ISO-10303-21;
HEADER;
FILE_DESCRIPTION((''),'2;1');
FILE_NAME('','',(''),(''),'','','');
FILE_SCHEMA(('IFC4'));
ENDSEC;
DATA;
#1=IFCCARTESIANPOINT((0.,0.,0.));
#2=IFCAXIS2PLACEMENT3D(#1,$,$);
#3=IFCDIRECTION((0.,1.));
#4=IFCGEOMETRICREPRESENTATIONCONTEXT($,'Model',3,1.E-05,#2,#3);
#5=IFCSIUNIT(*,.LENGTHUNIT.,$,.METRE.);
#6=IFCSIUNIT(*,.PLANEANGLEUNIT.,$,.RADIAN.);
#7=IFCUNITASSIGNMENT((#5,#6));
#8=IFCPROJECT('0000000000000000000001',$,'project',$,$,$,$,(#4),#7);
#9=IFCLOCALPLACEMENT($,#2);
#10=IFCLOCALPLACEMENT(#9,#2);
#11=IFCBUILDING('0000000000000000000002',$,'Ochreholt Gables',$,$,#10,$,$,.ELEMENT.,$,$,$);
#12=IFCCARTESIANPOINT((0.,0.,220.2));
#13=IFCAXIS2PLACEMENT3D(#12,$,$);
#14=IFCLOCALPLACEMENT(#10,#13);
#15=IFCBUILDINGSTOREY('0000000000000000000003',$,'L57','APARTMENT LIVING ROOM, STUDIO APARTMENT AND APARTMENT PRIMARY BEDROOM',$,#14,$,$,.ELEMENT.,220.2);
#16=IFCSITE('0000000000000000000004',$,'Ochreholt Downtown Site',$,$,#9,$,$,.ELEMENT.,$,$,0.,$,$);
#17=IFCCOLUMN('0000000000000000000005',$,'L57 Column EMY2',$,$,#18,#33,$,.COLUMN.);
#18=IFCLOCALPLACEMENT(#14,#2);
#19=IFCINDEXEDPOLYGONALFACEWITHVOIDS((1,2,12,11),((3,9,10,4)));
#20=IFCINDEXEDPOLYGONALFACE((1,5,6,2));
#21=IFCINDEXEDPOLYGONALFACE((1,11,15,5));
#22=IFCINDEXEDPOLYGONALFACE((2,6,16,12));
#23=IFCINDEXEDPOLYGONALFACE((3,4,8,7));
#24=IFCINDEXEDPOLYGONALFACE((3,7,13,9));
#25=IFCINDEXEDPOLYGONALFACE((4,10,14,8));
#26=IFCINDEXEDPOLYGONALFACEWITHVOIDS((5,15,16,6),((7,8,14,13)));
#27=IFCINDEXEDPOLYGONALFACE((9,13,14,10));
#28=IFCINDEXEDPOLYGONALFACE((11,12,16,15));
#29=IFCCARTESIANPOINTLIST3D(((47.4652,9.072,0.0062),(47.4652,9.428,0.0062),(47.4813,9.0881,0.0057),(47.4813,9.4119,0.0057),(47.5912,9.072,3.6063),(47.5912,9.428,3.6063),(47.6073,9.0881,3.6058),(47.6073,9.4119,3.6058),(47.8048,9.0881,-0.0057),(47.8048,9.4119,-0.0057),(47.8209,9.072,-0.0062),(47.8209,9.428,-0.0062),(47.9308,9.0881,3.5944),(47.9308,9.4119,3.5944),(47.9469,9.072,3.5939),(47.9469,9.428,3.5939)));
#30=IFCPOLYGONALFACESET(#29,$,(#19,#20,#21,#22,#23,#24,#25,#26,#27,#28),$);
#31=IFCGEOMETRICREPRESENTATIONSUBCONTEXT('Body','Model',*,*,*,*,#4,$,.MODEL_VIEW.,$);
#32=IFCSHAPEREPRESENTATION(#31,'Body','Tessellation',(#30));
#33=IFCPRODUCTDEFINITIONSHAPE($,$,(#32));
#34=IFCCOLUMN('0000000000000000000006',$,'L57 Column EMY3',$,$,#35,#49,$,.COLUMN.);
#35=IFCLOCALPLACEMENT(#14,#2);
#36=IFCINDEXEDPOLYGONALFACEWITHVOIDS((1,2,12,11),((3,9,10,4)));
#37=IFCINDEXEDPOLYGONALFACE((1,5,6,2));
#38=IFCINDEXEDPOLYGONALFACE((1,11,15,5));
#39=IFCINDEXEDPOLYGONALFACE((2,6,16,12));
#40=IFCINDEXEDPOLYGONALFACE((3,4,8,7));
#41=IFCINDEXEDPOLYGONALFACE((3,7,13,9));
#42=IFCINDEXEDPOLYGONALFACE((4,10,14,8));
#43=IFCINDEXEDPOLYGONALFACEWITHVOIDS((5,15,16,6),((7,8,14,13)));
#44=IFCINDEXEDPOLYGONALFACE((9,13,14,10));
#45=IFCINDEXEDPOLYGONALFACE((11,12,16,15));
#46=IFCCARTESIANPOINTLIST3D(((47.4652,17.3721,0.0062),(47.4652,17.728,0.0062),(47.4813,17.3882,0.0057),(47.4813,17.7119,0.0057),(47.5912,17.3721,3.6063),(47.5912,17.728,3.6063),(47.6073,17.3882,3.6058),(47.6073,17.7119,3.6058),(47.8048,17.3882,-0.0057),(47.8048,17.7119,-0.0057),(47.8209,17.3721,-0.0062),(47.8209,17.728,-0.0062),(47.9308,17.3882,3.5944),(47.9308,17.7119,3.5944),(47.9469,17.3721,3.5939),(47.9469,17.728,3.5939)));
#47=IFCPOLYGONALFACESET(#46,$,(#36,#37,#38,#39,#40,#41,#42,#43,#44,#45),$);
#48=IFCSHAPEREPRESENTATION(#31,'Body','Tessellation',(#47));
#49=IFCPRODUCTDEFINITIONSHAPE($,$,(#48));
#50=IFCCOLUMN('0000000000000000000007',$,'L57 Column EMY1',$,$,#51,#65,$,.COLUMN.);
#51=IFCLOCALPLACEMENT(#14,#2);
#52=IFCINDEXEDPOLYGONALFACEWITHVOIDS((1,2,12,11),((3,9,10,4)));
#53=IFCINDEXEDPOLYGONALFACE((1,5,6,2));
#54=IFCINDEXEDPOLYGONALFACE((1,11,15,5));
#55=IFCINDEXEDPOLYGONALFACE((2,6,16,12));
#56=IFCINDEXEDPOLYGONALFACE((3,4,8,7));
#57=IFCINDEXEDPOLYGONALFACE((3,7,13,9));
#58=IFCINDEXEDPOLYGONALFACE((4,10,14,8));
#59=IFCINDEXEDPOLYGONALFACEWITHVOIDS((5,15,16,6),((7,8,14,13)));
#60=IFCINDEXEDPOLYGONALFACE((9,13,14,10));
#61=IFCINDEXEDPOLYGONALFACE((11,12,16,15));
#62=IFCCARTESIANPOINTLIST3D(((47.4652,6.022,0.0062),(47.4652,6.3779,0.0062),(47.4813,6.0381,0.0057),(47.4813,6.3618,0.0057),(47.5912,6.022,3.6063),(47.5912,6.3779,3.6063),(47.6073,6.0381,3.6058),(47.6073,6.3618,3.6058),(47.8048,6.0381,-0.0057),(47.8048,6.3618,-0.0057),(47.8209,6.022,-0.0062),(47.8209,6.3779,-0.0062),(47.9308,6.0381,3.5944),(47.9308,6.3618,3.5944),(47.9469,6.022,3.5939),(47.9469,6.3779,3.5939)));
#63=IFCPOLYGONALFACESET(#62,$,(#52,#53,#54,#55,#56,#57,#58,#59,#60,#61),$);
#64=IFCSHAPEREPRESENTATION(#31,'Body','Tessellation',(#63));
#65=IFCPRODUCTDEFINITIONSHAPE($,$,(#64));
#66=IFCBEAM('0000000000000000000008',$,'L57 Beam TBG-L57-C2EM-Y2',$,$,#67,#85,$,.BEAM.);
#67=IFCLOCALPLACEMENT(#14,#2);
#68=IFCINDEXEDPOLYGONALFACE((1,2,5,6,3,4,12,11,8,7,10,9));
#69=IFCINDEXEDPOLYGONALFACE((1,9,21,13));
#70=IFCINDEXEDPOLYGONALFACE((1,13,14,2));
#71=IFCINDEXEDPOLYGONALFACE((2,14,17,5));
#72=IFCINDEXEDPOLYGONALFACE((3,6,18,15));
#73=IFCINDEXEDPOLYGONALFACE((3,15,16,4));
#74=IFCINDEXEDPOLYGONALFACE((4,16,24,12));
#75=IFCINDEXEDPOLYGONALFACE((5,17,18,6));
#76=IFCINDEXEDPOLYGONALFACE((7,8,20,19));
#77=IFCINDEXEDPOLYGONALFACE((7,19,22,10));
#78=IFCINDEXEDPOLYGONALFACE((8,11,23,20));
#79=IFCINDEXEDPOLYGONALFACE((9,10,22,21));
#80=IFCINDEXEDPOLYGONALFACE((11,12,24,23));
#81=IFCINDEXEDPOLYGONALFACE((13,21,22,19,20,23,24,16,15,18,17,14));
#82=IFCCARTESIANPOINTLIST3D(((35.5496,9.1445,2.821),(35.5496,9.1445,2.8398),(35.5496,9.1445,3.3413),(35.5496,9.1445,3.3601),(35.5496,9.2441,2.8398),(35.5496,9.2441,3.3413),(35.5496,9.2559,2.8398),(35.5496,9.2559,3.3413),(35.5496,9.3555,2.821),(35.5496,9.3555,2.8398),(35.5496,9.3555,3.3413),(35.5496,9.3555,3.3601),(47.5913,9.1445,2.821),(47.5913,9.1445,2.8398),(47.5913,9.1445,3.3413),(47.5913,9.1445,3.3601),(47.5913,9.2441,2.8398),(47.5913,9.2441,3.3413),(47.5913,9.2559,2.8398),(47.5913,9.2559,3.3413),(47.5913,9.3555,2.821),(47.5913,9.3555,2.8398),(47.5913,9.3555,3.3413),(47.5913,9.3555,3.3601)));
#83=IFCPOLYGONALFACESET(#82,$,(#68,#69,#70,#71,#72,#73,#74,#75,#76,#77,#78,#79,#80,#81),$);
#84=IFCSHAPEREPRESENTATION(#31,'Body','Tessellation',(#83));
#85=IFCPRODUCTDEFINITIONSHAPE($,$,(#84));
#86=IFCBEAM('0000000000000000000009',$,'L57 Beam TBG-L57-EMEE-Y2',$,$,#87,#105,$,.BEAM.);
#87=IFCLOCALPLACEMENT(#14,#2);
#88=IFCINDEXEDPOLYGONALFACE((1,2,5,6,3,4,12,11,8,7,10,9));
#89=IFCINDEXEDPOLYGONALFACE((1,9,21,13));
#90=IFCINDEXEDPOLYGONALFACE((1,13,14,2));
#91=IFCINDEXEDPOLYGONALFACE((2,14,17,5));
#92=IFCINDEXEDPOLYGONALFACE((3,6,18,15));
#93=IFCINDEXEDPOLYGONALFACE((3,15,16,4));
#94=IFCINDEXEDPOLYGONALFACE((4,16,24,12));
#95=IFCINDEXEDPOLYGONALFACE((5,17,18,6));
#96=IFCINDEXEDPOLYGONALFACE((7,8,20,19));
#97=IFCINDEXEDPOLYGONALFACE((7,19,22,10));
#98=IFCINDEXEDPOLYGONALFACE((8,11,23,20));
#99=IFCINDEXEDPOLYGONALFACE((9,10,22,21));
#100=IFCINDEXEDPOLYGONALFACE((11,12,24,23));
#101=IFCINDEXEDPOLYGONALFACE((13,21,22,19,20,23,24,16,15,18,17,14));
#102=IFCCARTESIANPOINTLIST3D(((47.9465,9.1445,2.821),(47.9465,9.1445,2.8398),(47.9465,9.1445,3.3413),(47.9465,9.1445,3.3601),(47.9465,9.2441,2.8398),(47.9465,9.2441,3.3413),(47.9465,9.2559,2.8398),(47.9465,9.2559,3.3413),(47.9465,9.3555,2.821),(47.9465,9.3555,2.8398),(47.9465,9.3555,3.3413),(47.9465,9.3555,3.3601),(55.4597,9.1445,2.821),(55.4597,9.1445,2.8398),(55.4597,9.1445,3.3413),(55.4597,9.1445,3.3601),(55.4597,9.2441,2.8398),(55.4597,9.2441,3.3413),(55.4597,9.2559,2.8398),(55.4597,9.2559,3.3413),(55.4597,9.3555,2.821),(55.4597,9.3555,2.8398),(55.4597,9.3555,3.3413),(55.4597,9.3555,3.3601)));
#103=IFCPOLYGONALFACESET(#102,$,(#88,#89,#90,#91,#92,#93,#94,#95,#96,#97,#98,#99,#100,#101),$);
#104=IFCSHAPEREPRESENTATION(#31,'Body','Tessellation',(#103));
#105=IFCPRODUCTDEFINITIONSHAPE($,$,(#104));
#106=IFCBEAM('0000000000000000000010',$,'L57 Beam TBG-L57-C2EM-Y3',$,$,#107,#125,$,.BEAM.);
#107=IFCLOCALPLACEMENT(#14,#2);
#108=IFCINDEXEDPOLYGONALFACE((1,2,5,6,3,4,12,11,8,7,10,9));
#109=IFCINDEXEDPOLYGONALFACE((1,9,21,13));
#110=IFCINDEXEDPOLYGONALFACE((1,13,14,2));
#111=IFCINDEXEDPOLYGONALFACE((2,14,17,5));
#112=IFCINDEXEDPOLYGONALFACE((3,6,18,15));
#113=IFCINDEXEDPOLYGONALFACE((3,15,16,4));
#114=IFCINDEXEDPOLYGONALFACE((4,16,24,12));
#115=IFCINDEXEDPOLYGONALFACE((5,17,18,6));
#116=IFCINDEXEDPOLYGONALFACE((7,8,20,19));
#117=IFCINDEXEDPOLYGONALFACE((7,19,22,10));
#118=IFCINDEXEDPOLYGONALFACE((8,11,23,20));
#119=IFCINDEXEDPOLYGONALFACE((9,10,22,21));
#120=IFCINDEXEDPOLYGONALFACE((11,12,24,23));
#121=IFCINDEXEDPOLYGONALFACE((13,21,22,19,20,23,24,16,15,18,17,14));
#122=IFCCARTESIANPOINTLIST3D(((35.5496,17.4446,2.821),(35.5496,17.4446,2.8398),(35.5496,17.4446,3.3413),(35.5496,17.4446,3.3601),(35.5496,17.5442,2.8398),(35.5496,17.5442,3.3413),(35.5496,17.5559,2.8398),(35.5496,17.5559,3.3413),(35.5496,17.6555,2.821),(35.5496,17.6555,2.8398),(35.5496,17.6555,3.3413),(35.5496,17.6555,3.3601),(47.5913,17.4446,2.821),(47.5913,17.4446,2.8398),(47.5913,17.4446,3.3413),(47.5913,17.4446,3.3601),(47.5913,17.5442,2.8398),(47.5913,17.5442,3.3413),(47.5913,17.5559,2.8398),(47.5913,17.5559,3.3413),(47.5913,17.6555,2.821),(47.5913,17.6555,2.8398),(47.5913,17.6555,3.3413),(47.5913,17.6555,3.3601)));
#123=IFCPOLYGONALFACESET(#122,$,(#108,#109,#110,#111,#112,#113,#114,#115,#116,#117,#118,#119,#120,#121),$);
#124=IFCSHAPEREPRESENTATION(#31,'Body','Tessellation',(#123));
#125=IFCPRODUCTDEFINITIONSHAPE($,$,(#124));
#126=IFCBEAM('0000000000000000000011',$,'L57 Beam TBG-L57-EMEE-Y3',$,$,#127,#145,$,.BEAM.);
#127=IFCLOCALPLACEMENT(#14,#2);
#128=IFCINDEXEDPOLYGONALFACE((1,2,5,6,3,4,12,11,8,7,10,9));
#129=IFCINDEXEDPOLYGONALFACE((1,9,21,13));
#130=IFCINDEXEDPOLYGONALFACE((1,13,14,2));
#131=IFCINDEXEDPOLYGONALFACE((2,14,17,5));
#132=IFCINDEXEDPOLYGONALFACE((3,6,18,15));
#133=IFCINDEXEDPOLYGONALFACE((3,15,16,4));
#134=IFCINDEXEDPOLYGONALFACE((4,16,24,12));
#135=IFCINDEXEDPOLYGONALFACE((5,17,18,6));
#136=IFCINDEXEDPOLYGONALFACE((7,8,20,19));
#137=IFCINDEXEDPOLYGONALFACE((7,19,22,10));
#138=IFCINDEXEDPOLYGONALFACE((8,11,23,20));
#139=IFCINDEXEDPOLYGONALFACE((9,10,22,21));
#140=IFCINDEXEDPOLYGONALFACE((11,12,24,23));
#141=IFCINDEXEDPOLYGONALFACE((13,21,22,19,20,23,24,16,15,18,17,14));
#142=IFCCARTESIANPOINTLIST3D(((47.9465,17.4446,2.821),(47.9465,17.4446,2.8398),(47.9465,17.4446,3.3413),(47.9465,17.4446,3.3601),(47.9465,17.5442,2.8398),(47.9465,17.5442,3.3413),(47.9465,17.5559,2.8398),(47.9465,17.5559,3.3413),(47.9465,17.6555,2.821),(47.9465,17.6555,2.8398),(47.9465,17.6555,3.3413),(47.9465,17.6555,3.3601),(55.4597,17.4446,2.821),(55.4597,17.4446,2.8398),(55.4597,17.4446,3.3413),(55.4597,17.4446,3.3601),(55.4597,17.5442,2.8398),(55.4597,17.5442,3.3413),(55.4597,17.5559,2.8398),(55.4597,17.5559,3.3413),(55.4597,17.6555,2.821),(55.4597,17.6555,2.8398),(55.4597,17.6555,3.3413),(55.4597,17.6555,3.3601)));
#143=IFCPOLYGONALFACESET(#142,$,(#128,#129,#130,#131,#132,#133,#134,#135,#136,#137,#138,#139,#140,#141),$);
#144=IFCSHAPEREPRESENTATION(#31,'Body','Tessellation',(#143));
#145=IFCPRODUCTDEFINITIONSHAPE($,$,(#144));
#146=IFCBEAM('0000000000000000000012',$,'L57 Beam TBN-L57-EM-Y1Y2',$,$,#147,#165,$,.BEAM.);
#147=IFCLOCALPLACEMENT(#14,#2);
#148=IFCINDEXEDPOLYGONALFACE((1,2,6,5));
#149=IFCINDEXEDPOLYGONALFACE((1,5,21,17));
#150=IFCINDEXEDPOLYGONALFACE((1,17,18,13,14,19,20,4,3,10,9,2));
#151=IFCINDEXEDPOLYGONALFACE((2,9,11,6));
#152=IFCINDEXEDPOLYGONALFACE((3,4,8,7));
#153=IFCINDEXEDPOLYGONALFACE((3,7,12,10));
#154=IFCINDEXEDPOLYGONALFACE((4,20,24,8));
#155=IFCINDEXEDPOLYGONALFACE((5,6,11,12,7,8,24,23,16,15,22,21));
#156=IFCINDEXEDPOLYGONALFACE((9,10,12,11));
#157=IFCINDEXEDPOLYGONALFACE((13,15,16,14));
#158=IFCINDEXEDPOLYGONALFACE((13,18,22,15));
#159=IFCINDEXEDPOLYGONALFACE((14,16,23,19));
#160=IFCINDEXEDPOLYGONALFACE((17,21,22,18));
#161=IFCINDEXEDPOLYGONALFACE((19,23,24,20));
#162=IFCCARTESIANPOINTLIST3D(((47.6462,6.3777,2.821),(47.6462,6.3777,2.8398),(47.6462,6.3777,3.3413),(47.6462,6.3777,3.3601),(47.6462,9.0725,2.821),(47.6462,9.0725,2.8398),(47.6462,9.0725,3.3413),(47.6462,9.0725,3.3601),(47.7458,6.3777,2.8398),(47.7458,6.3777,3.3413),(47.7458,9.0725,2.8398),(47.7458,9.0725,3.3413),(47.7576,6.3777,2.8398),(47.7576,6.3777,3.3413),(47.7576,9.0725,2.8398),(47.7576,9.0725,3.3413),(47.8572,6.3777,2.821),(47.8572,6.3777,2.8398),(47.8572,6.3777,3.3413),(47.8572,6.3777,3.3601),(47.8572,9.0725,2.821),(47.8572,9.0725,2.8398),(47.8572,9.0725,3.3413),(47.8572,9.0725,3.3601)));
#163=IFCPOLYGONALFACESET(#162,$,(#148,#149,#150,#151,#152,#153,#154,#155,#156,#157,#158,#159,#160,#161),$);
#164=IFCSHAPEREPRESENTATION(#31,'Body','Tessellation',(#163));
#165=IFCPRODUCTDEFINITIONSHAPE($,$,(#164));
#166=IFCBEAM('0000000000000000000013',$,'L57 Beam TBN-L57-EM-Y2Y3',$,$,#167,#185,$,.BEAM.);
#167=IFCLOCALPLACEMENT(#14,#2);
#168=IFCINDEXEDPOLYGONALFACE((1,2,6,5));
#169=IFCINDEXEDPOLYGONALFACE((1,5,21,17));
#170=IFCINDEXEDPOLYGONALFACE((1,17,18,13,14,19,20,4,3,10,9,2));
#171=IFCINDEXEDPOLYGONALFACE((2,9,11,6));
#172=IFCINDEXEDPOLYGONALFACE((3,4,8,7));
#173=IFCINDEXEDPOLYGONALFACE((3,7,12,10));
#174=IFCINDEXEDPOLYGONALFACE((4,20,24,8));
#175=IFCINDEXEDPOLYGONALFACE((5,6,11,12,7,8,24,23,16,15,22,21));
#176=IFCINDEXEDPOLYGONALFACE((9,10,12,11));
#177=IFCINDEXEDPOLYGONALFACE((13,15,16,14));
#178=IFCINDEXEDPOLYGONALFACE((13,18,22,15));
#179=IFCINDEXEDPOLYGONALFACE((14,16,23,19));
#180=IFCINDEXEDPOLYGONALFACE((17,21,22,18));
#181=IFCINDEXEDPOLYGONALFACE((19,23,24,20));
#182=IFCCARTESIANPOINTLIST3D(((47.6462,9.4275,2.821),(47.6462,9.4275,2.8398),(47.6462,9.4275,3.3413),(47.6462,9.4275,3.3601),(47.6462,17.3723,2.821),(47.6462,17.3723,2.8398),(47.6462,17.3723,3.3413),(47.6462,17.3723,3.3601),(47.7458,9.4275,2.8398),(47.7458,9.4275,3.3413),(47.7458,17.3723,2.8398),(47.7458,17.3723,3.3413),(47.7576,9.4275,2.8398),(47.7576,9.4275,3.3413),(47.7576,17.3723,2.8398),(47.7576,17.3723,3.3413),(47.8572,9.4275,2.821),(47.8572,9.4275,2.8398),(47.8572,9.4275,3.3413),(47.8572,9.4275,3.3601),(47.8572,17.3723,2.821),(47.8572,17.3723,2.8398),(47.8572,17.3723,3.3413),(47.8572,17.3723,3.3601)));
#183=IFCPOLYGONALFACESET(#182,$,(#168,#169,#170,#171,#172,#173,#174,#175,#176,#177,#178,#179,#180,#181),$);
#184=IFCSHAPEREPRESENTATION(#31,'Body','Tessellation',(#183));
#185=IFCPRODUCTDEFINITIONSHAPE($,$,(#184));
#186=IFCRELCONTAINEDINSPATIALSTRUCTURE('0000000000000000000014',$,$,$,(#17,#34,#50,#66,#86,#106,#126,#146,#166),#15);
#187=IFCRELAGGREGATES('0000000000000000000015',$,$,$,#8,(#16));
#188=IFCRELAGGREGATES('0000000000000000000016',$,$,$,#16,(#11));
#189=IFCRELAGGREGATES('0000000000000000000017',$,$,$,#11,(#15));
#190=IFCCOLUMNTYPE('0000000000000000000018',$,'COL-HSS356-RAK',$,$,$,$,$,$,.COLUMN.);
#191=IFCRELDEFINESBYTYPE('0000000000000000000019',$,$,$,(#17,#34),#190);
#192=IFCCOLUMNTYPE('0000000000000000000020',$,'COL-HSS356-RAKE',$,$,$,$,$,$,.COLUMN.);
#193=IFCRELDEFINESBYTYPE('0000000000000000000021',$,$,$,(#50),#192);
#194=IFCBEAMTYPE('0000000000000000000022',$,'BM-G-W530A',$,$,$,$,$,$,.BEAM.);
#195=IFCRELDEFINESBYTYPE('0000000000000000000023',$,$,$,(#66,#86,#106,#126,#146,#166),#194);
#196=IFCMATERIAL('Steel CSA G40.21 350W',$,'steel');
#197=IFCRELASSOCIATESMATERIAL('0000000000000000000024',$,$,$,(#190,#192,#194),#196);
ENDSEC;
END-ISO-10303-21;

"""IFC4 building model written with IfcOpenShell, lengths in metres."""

from ifc_helpers import new_model, si_unit, direction, frame, origin, origin_2d, place, context, subcontext, project, spatial, hollow_rectangle, i_section, extrude, material, material_profile, profile_set, type_object, element, save


model = new_model("IFC4")

# Units and contexts
model_context = context("Model", 3, precision=1e-05, world=origin(), true_north=direction((0.0, 1.0)))
body_context = subcontext(model_context, "Body", "Model", "MODEL_VIEW")
ifc_project = project(units=[si_unit("LENGTHUNIT", "METRE"), si_unit("PLANEANGLEUNIT", "RADIAN")], contexts=[model_context])

# Site, building, storey
site_placement = place(None, origin())
site = spatial("IfcSite", under=ifc_project, at=site_placement, Name="Ochreholt Downtown Site", CompositionType="ELEMENT", RefElevation=0.0)
building_placement = place(site_placement, origin())
building = spatial("IfcBuilding", under=site, at=building_placement, Name="Ochreholt Gables", CompositionType="ELEMENT")
storey_placement = place(building_placement, frame((0.0, 0.0, 220.2)))
storey = spatial("IfcBuildingStorey", under=building, at=storey_placement, Name="L57", Description="APARTMENT LIVING ROOM, STUDIO APARTMENT AND APARTMENT PRIMARY BEDROOM", CompositionType="ELEMENT", Elevation=220.2)

# Columns
ifc_material_1 = material(Name="Steel CSA G40.21 350W", Category="steel")
ifc_material_profile_1 = material_profile(ifc_material_1, hollow_rectangle(XDim=0.356, YDim=0.356, WallThickness=0.0161, at=origin_2d()), Name="HSS356X356X16")
ifc_profile_set_1 = profile_set([ifc_material_profile_1], Name="Steel CSA G40.21 350W")
column_type_1 = type_object("IfcColumnType", Name="COL-HSS356-RAK", PredefinedType="COLUMN", material=ifc_profile_set_1)
for number, where, z_axis, x_axis, name in (
    (1, (47.6431, 9.25, 0.0), (0.034971, 0.0, 0.999388), (0.0, 1.0, 0.0), "L57 Column EMY2"),
    (2, (47.6431, 17.55, 0.0), (0.034971, 0.0, 0.999388), (0.0, 1.0, 0.0), "L57 Column EMY3"),
):
    element("IfcColumn", number, at=place(storey_placement, frame(where, z_axis=z_axis, x_axis=x_axis)), inside=storey, type_object=column_type_1, Name=name, PredefinedType="COLUMN", context=body_context, shape_type="SweptSolid", body=[
        extrude(hollow_rectangle(XDim=0.356, YDim=0.356, WallThickness=0.0161, at=origin_2d()), origin(), (0.0, 0.0, 1.0), 3.6023),
    ])
ifc_material_profile_2 = material_profile(ifc_material_1, hollow_rectangle(XDim=0.356, YDim=0.356, WallThickness=0.0161, at=origin_2d()), Name="HSS356X356X16")
ifc_profile_set_2 = profile_set([ifc_material_profile_2], Name="Steel CSA G40.21 350W")
column_type_2 = type_object("IfcColumnType", Name="COL-HSS356-RAKE", PredefinedType="COLUMN", material=ifc_profile_set_2)
column_placement = place(storey_placement, frame((47.6431, 6.2, 0.0), z_axis=(0.034971, 0.0, 0.999388), x_axis=(0.0, 1.0, 0.0)))
element("IfcColumn", 3, at=column_placement, inside=storey, type_object=column_type_2, Name="L57 Column EMY1", PredefinedType="COLUMN", context=body_context, shape_type="SweptSolid", body=[
    extrude(hollow_rectangle(XDim=0.356, YDim=0.356, WallThickness=0.0161, at=origin_2d()), origin(), (0.0, 0.0, 1.0), 3.6023),
])

# Beams
ifc_material_profile_3 = material_profile(ifc_material_1, i_section(OverallWidth=0.2109, OverallDepth=0.5391, WebThickness=0.0117, FlangeThickness=0.0188, at=origin_2d()), Name="W530X109")
ifc_profile_set_3 = profile_set([ifc_material_profile_3], Name="Steel CSA G40.21 350W")
beam_type_1 = type_object("IfcBeamType", Name="BM-G-W530A", PredefinedType="BEAM", material=ifc_profile_set_3)
beam_1_placement = place(storey_placement, frame((35.5496, 9.25, 3.0906), z_axis=(1.0, 0.0, 0.0), x_axis=(0.0, 1.0, 0.0)))
element("IfcBeam", 4, at=beam_1_placement, inside=storey, type_object=beam_type_1, Name="L57 Beam TBG-L57-C2EM-Y2", PredefinedType="BEAM", context=body_context, shape_type="SweptSolid", body=[
    extrude(i_section(OverallWidth=0.2109, OverallDepth=0.5391, WebThickness=0.0117, FlangeThickness=0.0188, at=origin_2d()), origin(), (0.0, 0.0, 1.0), 12.0417),
])
beam_2_placement = place(storey_placement, frame((47.9465, 9.25, 3.0906), z_axis=(1.0, 0.0, 0.0), x_axis=(0.0, 1.0, 0.0)))
element("IfcBeam", 5, at=beam_2_placement, inside=storey, type_object=beam_type_1, Name="L57 Beam TBG-L57-EMEE-Y2", PredefinedType="BEAM", context=body_context, shape_type="SweptSolid", body=[
    extrude(i_section(OverallWidth=0.2109, OverallDepth=0.5391, WebThickness=0.0117, FlangeThickness=0.0188, at=origin_2d()), origin(), (0.0, 0.0, 1.0), 7.5132),
])
beam_3_placement = place(storey_placement, frame((35.5496, 17.55, 3.0906), z_axis=(1.0, 0.0, 0.0), x_axis=(0.0, 1.0, 0.0)))
element("IfcBeam", 6, at=beam_3_placement, inside=storey, type_object=beam_type_1, Name="L57 Beam TBG-L57-C2EM-Y3", PredefinedType="BEAM", context=body_context, shape_type="SweptSolid", body=[
    extrude(i_section(OverallWidth=0.2109, OverallDepth=0.5391, WebThickness=0.0117, FlangeThickness=0.0188, at=origin_2d()), origin(), (0.0, 0.0, 1.0), 12.0417),
])
beam_4_placement = place(storey_placement, frame((47.9465, 17.55, 3.0906), z_axis=(1.0, 0.0, 0.0), x_axis=(0.0, 1.0, 0.0)))
element("IfcBeam", 7, at=beam_4_placement, inside=storey, type_object=beam_type_1, Name="L57 Beam TBG-L57-EMEE-Y3", PredefinedType="BEAM", context=body_context, shape_type="SweptSolid", body=[
    extrude(i_section(OverallWidth=0.2109, OverallDepth=0.5391, WebThickness=0.0117, FlangeThickness=0.0188, at=origin_2d()), origin(), (0.0, 0.0, 1.0), 7.5132),
])
beam_5_placement = place(storey_placement, frame((47.7517, 6.3777, 3.0906), z_axis=(0.0, 1.0, 0.0), x_axis=(-1.0, 0.0, 0.0)))
element("IfcBeam", 8, at=beam_5_placement, inside=storey, type_object=beam_type_1, Name="L57 Beam TBN-L57-EM-Y1Y2", PredefinedType="BEAM", context=body_context, shape_type="SweptSolid", body=[
    extrude(i_section(OverallWidth=0.2109, OverallDepth=0.5391, WebThickness=0.0117, FlangeThickness=0.0188, at=origin_2d()), origin(), (0.0, 0.0, 1.0), 2.6948),
])
beam_6_placement = place(storey_placement, frame((47.7517, 9.4275, 3.0906), z_axis=(0.0, 1.0, 0.0), x_axis=(-1.0, 0.0, 0.0)))
element("IfcBeam", 9, at=beam_6_placement, inside=storey, type_object=beam_type_1, Name="L57 Beam TBN-L57-EM-Y2Y3", PredefinedType="BEAM", context=body_context, shape_type="SweptSolid", body=[
    extrude(i_section(OverallWidth=0.2109, OverallDepth=0.5391, WebThickness=0.0117, FlangeThickness=0.0188, at=origin_2d()), origin(), (0.0, 0.0, 1.0), 7.9448),
])

save(model, "model.ifc")
